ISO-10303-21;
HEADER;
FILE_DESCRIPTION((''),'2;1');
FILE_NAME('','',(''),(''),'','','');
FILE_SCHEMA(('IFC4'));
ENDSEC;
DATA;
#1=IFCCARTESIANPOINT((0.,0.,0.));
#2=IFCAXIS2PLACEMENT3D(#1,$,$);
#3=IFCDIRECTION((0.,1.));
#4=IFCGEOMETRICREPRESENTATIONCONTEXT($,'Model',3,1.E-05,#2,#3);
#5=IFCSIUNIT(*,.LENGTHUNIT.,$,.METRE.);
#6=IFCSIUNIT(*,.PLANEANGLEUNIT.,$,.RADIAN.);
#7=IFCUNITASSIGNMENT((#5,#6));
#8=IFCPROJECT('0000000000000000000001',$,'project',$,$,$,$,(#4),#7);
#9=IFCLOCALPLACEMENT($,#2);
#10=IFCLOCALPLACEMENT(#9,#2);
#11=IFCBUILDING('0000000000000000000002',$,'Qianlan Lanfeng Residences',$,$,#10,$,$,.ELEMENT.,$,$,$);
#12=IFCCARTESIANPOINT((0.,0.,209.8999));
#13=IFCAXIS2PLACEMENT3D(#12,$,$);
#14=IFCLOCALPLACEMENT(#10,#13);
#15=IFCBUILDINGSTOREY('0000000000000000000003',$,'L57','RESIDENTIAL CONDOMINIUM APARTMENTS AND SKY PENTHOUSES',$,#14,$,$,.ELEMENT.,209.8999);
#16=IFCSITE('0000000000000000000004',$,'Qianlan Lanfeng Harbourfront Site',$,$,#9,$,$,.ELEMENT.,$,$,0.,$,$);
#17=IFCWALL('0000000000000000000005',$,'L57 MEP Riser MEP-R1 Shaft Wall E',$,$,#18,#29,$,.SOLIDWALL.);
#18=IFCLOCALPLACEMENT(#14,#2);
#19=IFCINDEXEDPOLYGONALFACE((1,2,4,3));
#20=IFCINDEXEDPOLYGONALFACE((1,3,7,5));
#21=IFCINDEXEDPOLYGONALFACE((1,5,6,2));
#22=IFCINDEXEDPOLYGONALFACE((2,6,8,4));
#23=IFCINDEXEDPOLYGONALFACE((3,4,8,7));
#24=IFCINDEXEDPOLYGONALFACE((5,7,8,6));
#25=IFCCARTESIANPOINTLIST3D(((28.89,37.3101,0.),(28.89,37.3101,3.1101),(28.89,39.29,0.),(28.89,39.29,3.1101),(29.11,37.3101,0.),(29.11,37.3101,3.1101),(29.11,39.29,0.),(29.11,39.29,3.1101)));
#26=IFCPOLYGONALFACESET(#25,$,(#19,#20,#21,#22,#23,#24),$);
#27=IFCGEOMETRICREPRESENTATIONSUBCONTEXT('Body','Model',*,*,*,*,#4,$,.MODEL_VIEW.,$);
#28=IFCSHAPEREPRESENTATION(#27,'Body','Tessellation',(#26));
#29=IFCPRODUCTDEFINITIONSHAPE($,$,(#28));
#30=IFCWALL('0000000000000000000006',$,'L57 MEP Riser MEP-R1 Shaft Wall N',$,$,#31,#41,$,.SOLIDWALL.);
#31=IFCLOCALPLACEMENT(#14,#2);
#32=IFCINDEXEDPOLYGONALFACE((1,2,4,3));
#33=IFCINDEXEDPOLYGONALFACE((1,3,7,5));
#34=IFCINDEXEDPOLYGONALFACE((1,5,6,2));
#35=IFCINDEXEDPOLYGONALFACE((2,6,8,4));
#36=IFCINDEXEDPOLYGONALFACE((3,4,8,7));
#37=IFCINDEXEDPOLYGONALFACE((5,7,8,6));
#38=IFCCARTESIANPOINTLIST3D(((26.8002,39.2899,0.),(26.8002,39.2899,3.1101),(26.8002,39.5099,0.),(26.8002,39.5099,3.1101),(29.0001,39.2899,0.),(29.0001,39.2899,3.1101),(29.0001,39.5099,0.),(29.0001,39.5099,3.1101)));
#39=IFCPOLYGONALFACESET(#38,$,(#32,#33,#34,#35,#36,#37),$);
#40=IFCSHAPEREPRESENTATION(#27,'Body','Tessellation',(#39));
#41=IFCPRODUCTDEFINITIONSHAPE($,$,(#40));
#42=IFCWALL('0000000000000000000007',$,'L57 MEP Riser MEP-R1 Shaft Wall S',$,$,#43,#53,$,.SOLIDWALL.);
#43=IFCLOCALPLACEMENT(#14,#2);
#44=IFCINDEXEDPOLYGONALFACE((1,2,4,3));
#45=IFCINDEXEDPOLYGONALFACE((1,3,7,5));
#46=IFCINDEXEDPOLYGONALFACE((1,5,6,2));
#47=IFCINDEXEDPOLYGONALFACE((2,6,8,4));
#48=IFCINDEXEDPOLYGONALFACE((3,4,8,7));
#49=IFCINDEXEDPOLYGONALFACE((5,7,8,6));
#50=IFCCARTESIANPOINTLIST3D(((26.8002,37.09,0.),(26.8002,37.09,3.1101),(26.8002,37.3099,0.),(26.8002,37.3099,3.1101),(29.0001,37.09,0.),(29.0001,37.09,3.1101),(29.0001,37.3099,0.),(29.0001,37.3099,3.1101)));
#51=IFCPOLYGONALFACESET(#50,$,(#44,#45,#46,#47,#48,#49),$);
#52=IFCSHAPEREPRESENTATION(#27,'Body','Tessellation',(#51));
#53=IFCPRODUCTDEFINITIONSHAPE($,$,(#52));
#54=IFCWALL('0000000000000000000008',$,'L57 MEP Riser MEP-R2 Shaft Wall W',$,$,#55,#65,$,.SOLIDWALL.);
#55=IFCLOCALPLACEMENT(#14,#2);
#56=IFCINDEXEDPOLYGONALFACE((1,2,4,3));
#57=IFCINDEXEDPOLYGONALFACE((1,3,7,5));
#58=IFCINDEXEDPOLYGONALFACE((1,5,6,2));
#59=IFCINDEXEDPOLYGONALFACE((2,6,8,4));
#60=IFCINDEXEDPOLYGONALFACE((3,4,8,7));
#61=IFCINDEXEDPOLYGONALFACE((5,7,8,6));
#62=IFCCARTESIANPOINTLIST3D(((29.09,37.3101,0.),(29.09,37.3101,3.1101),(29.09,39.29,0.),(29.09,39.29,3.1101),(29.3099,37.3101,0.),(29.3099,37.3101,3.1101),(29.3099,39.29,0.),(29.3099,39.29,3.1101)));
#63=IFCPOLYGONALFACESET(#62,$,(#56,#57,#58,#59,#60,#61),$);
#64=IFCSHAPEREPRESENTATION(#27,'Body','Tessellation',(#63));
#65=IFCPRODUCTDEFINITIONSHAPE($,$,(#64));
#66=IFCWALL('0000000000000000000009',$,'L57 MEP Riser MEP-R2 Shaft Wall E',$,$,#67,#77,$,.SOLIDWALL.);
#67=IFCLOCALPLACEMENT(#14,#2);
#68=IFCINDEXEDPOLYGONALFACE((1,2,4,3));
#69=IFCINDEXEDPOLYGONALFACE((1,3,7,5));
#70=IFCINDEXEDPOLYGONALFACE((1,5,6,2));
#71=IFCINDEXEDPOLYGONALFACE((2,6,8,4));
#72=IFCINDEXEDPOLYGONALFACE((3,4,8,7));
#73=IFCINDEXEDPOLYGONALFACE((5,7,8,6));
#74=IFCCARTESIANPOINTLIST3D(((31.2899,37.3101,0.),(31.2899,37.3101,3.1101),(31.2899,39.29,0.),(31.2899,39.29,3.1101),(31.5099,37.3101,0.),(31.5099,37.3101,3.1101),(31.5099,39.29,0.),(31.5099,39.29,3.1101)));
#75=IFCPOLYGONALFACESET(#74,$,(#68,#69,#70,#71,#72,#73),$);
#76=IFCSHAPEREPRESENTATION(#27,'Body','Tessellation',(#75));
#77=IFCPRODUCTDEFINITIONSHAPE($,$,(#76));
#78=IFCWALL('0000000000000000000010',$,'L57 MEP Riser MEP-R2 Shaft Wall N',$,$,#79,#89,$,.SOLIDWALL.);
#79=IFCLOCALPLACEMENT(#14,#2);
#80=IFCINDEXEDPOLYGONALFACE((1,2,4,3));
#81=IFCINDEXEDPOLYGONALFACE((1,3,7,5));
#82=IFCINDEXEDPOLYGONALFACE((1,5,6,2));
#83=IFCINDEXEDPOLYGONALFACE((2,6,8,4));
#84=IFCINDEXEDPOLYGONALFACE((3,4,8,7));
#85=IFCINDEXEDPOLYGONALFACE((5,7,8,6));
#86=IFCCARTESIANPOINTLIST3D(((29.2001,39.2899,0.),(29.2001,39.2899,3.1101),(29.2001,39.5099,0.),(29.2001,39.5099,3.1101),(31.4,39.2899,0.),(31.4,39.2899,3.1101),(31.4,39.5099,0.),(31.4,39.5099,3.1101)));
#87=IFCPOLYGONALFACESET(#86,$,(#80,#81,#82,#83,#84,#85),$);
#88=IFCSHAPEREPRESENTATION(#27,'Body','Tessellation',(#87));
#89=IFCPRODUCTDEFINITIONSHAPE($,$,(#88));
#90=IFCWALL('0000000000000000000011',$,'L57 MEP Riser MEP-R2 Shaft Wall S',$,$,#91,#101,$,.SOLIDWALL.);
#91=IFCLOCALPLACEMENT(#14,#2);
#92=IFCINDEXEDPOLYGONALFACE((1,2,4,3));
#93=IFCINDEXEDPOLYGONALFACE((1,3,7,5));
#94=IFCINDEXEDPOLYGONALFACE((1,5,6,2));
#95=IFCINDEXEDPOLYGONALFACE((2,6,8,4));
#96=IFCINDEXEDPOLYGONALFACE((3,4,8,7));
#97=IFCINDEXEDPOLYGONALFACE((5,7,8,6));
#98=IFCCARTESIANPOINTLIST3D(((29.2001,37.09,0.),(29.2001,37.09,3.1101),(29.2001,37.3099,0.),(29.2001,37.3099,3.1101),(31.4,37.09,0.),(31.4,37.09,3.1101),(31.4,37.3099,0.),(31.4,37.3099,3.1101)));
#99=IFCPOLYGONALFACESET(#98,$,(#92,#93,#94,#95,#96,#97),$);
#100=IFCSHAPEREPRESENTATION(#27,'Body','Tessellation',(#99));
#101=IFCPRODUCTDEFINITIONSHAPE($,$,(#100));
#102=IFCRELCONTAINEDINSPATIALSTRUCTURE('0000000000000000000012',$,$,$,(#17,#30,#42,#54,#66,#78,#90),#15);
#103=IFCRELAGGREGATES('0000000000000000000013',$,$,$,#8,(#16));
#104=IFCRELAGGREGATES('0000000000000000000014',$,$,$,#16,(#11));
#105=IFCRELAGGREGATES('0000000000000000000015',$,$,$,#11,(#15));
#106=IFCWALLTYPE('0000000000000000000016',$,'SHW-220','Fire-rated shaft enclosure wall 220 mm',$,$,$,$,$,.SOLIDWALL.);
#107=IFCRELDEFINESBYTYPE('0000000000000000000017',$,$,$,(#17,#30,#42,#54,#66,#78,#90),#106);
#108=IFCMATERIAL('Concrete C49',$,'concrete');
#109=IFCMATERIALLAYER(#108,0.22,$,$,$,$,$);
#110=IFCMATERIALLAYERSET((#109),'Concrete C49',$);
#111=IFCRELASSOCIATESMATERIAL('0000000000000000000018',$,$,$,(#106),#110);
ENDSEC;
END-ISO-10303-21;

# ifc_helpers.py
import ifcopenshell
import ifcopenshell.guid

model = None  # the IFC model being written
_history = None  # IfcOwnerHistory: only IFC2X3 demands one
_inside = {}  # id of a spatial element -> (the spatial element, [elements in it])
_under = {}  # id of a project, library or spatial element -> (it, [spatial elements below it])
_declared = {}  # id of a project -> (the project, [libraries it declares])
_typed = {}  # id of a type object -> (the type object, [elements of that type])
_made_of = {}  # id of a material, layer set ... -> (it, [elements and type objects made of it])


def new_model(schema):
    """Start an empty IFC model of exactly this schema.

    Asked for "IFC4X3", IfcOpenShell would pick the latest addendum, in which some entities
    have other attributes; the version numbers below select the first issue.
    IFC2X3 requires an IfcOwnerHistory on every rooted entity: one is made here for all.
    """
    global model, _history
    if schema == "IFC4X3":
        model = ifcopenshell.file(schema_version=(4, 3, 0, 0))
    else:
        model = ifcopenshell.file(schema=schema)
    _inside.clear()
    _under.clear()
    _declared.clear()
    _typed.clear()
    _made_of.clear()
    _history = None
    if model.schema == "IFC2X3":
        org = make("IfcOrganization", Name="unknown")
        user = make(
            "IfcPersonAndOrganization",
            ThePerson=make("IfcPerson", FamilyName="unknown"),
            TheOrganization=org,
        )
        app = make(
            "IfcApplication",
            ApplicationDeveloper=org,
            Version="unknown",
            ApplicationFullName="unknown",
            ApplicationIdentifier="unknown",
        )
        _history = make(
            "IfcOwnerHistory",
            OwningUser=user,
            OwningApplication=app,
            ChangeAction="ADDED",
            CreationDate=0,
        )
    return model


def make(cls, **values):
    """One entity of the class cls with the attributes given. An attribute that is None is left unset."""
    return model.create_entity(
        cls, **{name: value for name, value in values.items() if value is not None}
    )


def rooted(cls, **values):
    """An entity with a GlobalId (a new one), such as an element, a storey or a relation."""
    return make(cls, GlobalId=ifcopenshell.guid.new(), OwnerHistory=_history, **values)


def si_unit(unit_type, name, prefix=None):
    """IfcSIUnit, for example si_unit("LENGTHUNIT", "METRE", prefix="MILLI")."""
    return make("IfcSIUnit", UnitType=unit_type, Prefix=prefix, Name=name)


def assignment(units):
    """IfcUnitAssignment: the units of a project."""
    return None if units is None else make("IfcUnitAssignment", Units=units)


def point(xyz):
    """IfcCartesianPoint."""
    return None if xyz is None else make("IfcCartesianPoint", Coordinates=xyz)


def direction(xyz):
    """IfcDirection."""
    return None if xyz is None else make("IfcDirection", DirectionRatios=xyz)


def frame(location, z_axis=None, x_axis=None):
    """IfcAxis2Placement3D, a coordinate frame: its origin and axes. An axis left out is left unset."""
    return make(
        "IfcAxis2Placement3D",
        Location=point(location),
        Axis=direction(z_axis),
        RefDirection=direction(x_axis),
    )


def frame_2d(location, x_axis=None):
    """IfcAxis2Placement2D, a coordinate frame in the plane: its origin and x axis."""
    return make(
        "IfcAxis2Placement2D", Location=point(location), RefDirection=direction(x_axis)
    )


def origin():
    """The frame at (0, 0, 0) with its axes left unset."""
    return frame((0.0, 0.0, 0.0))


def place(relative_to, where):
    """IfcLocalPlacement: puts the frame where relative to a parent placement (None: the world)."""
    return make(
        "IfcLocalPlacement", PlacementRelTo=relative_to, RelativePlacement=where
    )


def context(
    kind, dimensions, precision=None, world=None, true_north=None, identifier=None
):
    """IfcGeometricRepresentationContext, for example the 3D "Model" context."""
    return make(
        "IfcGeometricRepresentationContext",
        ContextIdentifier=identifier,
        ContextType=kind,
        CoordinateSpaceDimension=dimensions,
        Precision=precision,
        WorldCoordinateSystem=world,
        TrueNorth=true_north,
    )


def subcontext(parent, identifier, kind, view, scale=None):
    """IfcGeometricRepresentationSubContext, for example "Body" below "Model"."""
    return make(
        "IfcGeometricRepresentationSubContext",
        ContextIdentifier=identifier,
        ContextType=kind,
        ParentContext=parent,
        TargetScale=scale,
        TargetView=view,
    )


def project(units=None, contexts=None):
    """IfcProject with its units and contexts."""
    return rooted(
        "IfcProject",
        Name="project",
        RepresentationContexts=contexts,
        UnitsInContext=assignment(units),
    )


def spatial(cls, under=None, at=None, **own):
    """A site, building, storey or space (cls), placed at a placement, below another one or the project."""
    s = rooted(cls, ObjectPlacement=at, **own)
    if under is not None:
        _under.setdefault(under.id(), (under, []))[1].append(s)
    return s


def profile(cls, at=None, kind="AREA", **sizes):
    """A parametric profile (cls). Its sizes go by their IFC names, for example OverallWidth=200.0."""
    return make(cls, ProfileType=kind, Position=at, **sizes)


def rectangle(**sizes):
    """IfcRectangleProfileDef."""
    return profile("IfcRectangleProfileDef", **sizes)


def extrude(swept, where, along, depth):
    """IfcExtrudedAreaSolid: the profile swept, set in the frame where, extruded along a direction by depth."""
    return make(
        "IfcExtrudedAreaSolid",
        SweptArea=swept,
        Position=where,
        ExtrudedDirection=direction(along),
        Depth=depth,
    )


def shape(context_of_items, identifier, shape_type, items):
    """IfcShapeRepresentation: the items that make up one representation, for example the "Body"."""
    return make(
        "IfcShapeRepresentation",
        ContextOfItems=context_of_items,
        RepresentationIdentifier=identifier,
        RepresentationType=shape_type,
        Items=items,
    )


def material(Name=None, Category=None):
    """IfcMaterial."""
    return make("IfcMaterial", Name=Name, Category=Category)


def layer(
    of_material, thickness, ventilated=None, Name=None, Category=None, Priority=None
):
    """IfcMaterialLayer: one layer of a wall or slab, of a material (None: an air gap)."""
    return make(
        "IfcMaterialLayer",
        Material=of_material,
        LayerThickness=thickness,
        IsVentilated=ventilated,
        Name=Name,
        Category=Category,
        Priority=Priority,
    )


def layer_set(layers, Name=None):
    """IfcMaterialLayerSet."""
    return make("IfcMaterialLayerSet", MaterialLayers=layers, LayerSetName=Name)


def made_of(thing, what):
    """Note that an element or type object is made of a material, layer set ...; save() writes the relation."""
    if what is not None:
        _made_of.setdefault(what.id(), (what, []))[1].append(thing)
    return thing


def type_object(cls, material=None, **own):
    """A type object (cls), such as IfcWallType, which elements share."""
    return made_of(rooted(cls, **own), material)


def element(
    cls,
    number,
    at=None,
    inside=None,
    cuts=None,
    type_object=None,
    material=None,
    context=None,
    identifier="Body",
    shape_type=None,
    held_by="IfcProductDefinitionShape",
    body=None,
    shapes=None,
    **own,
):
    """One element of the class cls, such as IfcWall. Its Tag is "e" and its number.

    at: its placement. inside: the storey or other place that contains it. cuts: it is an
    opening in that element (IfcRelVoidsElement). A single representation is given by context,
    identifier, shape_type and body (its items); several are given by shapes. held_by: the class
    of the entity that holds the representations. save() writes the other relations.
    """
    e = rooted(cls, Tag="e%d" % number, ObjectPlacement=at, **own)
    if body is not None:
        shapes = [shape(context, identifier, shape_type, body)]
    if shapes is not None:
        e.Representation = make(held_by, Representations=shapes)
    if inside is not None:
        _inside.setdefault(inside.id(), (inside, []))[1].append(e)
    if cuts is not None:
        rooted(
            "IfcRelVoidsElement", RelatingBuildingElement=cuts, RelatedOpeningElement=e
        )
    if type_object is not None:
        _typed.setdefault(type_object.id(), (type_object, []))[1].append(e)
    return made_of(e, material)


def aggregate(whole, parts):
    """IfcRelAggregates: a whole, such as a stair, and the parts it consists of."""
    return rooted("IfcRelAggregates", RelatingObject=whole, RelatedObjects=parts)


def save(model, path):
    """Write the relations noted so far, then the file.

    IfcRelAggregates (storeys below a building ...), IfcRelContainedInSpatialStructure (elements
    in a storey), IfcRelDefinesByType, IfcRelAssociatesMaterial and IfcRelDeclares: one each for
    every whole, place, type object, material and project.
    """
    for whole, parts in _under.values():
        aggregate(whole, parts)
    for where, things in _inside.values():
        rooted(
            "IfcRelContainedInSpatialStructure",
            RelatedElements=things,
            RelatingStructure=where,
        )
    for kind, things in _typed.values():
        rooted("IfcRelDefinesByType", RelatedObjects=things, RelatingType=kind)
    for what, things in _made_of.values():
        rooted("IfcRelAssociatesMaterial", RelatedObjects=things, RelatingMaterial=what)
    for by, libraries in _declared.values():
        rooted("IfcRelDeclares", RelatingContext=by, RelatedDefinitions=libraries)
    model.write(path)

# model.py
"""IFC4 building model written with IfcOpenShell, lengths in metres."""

from ifc_helpers import new_model, si_unit, direction, frame, frame_2d, origin, place, context, subcontext, project, spatial, rectangle, extrude, material, layer, layer_set, type_object, element, save


model = new_model("IFC4")

# Units and contexts
model_context = context("Model", 3, precision=1e-05, world=origin(), true_north=direction((0.0, 1.0)))
body_context = subcontext(model_context, "Body", "Model", "MODEL_VIEW")
ifc_project = project(units=[si_unit("LENGTHUNIT", "METRE"), si_unit("PLANEANGLEUNIT", "RADIAN")], contexts=[model_context])

# Site, building, storey
site_placement = place(None, origin())
site = spatial("IfcSite", under=ifc_project, at=site_placement, Name="Qianlan Lanfeng Harbourfront Site", CompositionType="ELEMENT", RefElevation=0.0)
building_placement = place(site_placement, origin())
building = spatial("IfcBuilding", under=site, at=building_placement, Name="Qianlan Lanfeng Residences", CompositionType="ELEMENT")
storey_placement = place(building_placement, frame((0.0, 0.0, 209.8999)))
storey = spatial("IfcBuildingStorey", under=building, at=storey_placement, Name="L57", Description="RESIDENTIAL CONDOMINIUM APARTMENTS AND SKY PENTHOUSES", CompositionType="ELEMENT", Elevation=209.8999)

# Walls
ifc_material_1 = material(Name="Concrete C49", Category="concrete")
ifc_layer_1 = layer(ifc_material_1, 0.22)
ifc_layer_set_1 = layer_set([ifc_layer_1], Name="Concrete C49")
wall_type_1 = type_object("IfcWallType", Name="SHW-220", Description="Fire-rated shaft enclosure wall 220 mm", PredefinedType="SOLIDWALL", material=ifc_layer_set_1)
for number, where, z_axis, x_axis, name in (
    (1, (29.0, 37.3101, 0.0), (0.0, 0.0, 1.0), (0.0, 1.0, 0.0), "L57 MEP Riser MEP-R1 Shaft Wall E"),
):
    element("IfcWall", number, at=place(storey_placement, frame(where, z_axis=z_axis, x_axis=x_axis)), inside=storey, type_object=wall_type_1, Name=name, PredefinedType="SOLIDWALL", context=body_context, shape_type="SweptSolid", body=[
        extrude(rectangle(XDim=1.98, YDim=0.22, at=frame_2d((0.99, 0.0))), origin(), (0.0, 0.0, 1.0), 3.1101),
    ])
for number, where, z_axis, x_axis, name in (
    (2, (26.8, 39.3999, 0.0), (0.0, 0.0, 1.0), (1.0, 0.0, 0.0), "L57 MEP Riser MEP-R1 Shaft Wall N"),
    (3, (26.8, 37.2, 0.0), (0.0, 0.0, 1.0), (1.0, 0.0, 0.0), "L57 MEP Riser MEP-R1 Shaft Wall S"),
):
    element("IfcWall", number, at=place(storey_placement, frame(where, z_axis=z_axis, x_axis=x_axis)), inside=storey, type_object=wall_type_1, Name=name, PredefinedType="SOLIDWALL", context=body_context, shape_type="SweptSolid", body=[
        extrude(rectangle(XDim=2.2, YDim=0.22, at=frame_2d((1.1001, 0.0))), origin(), (0.0, 0.0, 1.0), 3.1101),
    ])
for number, where, z_axis, x_axis, name in (
    (4, (29.2, 37.3101, 0.0), (0.0, 0.0, 1.0), (0.0, 1.0, 0.0), "L57 MEP Riser MEP-R2 Shaft Wall W"),
    (5, (31.3999, 37.3101, 0.0), (0.0, 0.0, 1.0), (0.0, 1.0, 0.0), "L57 MEP Riser MEP-R2 Shaft Wall E"),
):
    element("IfcWall", number, at=place(storey_placement, frame(where, z_axis=z_axis, x_axis=x_axis)), inside=storey, type_object=wall_type_1, Name=name, PredefinedType="SOLIDWALL", context=body_context, shape_type="SweptSolid", body=[
        extrude(rectangle(XDim=1.98, YDim=0.22, at=frame_2d((0.99, 0.0))), origin(), (0.0, 0.0, 1.0), 3.1101),
    ])
for number, where, z_axis, x_axis, name in (
    (6, (29.2, 39.3999, 0.0), (0.0, 0.0, 1.0), (1.0, 0.0, 0.0), "L57 MEP Riser MEP-R2 Shaft Wall N"),
    (7, (29.2, 37.2, 0.0), (0.0, 0.0, 1.0), (1.0, 0.0, 0.0), "L57 MEP Riser MEP-R2 Shaft Wall S"),
):
    element("IfcWall", number, at=place(storey_placement, frame(where, z_axis=z_axis, x_axis=x_axis)), inside=storey, type_object=wall_type_1, Name=name, PredefinedType="SOLIDWALL", context=body_context, shape_type="SweptSolid", body=[
        extrude(rectangle(XDim=2.2, YDim=0.22, at=frame_2d((1.1001, 0.0))), origin(), (0.0, 0.0, 1.0), 3.1101),
    ])

save(model, "model.ifc")
